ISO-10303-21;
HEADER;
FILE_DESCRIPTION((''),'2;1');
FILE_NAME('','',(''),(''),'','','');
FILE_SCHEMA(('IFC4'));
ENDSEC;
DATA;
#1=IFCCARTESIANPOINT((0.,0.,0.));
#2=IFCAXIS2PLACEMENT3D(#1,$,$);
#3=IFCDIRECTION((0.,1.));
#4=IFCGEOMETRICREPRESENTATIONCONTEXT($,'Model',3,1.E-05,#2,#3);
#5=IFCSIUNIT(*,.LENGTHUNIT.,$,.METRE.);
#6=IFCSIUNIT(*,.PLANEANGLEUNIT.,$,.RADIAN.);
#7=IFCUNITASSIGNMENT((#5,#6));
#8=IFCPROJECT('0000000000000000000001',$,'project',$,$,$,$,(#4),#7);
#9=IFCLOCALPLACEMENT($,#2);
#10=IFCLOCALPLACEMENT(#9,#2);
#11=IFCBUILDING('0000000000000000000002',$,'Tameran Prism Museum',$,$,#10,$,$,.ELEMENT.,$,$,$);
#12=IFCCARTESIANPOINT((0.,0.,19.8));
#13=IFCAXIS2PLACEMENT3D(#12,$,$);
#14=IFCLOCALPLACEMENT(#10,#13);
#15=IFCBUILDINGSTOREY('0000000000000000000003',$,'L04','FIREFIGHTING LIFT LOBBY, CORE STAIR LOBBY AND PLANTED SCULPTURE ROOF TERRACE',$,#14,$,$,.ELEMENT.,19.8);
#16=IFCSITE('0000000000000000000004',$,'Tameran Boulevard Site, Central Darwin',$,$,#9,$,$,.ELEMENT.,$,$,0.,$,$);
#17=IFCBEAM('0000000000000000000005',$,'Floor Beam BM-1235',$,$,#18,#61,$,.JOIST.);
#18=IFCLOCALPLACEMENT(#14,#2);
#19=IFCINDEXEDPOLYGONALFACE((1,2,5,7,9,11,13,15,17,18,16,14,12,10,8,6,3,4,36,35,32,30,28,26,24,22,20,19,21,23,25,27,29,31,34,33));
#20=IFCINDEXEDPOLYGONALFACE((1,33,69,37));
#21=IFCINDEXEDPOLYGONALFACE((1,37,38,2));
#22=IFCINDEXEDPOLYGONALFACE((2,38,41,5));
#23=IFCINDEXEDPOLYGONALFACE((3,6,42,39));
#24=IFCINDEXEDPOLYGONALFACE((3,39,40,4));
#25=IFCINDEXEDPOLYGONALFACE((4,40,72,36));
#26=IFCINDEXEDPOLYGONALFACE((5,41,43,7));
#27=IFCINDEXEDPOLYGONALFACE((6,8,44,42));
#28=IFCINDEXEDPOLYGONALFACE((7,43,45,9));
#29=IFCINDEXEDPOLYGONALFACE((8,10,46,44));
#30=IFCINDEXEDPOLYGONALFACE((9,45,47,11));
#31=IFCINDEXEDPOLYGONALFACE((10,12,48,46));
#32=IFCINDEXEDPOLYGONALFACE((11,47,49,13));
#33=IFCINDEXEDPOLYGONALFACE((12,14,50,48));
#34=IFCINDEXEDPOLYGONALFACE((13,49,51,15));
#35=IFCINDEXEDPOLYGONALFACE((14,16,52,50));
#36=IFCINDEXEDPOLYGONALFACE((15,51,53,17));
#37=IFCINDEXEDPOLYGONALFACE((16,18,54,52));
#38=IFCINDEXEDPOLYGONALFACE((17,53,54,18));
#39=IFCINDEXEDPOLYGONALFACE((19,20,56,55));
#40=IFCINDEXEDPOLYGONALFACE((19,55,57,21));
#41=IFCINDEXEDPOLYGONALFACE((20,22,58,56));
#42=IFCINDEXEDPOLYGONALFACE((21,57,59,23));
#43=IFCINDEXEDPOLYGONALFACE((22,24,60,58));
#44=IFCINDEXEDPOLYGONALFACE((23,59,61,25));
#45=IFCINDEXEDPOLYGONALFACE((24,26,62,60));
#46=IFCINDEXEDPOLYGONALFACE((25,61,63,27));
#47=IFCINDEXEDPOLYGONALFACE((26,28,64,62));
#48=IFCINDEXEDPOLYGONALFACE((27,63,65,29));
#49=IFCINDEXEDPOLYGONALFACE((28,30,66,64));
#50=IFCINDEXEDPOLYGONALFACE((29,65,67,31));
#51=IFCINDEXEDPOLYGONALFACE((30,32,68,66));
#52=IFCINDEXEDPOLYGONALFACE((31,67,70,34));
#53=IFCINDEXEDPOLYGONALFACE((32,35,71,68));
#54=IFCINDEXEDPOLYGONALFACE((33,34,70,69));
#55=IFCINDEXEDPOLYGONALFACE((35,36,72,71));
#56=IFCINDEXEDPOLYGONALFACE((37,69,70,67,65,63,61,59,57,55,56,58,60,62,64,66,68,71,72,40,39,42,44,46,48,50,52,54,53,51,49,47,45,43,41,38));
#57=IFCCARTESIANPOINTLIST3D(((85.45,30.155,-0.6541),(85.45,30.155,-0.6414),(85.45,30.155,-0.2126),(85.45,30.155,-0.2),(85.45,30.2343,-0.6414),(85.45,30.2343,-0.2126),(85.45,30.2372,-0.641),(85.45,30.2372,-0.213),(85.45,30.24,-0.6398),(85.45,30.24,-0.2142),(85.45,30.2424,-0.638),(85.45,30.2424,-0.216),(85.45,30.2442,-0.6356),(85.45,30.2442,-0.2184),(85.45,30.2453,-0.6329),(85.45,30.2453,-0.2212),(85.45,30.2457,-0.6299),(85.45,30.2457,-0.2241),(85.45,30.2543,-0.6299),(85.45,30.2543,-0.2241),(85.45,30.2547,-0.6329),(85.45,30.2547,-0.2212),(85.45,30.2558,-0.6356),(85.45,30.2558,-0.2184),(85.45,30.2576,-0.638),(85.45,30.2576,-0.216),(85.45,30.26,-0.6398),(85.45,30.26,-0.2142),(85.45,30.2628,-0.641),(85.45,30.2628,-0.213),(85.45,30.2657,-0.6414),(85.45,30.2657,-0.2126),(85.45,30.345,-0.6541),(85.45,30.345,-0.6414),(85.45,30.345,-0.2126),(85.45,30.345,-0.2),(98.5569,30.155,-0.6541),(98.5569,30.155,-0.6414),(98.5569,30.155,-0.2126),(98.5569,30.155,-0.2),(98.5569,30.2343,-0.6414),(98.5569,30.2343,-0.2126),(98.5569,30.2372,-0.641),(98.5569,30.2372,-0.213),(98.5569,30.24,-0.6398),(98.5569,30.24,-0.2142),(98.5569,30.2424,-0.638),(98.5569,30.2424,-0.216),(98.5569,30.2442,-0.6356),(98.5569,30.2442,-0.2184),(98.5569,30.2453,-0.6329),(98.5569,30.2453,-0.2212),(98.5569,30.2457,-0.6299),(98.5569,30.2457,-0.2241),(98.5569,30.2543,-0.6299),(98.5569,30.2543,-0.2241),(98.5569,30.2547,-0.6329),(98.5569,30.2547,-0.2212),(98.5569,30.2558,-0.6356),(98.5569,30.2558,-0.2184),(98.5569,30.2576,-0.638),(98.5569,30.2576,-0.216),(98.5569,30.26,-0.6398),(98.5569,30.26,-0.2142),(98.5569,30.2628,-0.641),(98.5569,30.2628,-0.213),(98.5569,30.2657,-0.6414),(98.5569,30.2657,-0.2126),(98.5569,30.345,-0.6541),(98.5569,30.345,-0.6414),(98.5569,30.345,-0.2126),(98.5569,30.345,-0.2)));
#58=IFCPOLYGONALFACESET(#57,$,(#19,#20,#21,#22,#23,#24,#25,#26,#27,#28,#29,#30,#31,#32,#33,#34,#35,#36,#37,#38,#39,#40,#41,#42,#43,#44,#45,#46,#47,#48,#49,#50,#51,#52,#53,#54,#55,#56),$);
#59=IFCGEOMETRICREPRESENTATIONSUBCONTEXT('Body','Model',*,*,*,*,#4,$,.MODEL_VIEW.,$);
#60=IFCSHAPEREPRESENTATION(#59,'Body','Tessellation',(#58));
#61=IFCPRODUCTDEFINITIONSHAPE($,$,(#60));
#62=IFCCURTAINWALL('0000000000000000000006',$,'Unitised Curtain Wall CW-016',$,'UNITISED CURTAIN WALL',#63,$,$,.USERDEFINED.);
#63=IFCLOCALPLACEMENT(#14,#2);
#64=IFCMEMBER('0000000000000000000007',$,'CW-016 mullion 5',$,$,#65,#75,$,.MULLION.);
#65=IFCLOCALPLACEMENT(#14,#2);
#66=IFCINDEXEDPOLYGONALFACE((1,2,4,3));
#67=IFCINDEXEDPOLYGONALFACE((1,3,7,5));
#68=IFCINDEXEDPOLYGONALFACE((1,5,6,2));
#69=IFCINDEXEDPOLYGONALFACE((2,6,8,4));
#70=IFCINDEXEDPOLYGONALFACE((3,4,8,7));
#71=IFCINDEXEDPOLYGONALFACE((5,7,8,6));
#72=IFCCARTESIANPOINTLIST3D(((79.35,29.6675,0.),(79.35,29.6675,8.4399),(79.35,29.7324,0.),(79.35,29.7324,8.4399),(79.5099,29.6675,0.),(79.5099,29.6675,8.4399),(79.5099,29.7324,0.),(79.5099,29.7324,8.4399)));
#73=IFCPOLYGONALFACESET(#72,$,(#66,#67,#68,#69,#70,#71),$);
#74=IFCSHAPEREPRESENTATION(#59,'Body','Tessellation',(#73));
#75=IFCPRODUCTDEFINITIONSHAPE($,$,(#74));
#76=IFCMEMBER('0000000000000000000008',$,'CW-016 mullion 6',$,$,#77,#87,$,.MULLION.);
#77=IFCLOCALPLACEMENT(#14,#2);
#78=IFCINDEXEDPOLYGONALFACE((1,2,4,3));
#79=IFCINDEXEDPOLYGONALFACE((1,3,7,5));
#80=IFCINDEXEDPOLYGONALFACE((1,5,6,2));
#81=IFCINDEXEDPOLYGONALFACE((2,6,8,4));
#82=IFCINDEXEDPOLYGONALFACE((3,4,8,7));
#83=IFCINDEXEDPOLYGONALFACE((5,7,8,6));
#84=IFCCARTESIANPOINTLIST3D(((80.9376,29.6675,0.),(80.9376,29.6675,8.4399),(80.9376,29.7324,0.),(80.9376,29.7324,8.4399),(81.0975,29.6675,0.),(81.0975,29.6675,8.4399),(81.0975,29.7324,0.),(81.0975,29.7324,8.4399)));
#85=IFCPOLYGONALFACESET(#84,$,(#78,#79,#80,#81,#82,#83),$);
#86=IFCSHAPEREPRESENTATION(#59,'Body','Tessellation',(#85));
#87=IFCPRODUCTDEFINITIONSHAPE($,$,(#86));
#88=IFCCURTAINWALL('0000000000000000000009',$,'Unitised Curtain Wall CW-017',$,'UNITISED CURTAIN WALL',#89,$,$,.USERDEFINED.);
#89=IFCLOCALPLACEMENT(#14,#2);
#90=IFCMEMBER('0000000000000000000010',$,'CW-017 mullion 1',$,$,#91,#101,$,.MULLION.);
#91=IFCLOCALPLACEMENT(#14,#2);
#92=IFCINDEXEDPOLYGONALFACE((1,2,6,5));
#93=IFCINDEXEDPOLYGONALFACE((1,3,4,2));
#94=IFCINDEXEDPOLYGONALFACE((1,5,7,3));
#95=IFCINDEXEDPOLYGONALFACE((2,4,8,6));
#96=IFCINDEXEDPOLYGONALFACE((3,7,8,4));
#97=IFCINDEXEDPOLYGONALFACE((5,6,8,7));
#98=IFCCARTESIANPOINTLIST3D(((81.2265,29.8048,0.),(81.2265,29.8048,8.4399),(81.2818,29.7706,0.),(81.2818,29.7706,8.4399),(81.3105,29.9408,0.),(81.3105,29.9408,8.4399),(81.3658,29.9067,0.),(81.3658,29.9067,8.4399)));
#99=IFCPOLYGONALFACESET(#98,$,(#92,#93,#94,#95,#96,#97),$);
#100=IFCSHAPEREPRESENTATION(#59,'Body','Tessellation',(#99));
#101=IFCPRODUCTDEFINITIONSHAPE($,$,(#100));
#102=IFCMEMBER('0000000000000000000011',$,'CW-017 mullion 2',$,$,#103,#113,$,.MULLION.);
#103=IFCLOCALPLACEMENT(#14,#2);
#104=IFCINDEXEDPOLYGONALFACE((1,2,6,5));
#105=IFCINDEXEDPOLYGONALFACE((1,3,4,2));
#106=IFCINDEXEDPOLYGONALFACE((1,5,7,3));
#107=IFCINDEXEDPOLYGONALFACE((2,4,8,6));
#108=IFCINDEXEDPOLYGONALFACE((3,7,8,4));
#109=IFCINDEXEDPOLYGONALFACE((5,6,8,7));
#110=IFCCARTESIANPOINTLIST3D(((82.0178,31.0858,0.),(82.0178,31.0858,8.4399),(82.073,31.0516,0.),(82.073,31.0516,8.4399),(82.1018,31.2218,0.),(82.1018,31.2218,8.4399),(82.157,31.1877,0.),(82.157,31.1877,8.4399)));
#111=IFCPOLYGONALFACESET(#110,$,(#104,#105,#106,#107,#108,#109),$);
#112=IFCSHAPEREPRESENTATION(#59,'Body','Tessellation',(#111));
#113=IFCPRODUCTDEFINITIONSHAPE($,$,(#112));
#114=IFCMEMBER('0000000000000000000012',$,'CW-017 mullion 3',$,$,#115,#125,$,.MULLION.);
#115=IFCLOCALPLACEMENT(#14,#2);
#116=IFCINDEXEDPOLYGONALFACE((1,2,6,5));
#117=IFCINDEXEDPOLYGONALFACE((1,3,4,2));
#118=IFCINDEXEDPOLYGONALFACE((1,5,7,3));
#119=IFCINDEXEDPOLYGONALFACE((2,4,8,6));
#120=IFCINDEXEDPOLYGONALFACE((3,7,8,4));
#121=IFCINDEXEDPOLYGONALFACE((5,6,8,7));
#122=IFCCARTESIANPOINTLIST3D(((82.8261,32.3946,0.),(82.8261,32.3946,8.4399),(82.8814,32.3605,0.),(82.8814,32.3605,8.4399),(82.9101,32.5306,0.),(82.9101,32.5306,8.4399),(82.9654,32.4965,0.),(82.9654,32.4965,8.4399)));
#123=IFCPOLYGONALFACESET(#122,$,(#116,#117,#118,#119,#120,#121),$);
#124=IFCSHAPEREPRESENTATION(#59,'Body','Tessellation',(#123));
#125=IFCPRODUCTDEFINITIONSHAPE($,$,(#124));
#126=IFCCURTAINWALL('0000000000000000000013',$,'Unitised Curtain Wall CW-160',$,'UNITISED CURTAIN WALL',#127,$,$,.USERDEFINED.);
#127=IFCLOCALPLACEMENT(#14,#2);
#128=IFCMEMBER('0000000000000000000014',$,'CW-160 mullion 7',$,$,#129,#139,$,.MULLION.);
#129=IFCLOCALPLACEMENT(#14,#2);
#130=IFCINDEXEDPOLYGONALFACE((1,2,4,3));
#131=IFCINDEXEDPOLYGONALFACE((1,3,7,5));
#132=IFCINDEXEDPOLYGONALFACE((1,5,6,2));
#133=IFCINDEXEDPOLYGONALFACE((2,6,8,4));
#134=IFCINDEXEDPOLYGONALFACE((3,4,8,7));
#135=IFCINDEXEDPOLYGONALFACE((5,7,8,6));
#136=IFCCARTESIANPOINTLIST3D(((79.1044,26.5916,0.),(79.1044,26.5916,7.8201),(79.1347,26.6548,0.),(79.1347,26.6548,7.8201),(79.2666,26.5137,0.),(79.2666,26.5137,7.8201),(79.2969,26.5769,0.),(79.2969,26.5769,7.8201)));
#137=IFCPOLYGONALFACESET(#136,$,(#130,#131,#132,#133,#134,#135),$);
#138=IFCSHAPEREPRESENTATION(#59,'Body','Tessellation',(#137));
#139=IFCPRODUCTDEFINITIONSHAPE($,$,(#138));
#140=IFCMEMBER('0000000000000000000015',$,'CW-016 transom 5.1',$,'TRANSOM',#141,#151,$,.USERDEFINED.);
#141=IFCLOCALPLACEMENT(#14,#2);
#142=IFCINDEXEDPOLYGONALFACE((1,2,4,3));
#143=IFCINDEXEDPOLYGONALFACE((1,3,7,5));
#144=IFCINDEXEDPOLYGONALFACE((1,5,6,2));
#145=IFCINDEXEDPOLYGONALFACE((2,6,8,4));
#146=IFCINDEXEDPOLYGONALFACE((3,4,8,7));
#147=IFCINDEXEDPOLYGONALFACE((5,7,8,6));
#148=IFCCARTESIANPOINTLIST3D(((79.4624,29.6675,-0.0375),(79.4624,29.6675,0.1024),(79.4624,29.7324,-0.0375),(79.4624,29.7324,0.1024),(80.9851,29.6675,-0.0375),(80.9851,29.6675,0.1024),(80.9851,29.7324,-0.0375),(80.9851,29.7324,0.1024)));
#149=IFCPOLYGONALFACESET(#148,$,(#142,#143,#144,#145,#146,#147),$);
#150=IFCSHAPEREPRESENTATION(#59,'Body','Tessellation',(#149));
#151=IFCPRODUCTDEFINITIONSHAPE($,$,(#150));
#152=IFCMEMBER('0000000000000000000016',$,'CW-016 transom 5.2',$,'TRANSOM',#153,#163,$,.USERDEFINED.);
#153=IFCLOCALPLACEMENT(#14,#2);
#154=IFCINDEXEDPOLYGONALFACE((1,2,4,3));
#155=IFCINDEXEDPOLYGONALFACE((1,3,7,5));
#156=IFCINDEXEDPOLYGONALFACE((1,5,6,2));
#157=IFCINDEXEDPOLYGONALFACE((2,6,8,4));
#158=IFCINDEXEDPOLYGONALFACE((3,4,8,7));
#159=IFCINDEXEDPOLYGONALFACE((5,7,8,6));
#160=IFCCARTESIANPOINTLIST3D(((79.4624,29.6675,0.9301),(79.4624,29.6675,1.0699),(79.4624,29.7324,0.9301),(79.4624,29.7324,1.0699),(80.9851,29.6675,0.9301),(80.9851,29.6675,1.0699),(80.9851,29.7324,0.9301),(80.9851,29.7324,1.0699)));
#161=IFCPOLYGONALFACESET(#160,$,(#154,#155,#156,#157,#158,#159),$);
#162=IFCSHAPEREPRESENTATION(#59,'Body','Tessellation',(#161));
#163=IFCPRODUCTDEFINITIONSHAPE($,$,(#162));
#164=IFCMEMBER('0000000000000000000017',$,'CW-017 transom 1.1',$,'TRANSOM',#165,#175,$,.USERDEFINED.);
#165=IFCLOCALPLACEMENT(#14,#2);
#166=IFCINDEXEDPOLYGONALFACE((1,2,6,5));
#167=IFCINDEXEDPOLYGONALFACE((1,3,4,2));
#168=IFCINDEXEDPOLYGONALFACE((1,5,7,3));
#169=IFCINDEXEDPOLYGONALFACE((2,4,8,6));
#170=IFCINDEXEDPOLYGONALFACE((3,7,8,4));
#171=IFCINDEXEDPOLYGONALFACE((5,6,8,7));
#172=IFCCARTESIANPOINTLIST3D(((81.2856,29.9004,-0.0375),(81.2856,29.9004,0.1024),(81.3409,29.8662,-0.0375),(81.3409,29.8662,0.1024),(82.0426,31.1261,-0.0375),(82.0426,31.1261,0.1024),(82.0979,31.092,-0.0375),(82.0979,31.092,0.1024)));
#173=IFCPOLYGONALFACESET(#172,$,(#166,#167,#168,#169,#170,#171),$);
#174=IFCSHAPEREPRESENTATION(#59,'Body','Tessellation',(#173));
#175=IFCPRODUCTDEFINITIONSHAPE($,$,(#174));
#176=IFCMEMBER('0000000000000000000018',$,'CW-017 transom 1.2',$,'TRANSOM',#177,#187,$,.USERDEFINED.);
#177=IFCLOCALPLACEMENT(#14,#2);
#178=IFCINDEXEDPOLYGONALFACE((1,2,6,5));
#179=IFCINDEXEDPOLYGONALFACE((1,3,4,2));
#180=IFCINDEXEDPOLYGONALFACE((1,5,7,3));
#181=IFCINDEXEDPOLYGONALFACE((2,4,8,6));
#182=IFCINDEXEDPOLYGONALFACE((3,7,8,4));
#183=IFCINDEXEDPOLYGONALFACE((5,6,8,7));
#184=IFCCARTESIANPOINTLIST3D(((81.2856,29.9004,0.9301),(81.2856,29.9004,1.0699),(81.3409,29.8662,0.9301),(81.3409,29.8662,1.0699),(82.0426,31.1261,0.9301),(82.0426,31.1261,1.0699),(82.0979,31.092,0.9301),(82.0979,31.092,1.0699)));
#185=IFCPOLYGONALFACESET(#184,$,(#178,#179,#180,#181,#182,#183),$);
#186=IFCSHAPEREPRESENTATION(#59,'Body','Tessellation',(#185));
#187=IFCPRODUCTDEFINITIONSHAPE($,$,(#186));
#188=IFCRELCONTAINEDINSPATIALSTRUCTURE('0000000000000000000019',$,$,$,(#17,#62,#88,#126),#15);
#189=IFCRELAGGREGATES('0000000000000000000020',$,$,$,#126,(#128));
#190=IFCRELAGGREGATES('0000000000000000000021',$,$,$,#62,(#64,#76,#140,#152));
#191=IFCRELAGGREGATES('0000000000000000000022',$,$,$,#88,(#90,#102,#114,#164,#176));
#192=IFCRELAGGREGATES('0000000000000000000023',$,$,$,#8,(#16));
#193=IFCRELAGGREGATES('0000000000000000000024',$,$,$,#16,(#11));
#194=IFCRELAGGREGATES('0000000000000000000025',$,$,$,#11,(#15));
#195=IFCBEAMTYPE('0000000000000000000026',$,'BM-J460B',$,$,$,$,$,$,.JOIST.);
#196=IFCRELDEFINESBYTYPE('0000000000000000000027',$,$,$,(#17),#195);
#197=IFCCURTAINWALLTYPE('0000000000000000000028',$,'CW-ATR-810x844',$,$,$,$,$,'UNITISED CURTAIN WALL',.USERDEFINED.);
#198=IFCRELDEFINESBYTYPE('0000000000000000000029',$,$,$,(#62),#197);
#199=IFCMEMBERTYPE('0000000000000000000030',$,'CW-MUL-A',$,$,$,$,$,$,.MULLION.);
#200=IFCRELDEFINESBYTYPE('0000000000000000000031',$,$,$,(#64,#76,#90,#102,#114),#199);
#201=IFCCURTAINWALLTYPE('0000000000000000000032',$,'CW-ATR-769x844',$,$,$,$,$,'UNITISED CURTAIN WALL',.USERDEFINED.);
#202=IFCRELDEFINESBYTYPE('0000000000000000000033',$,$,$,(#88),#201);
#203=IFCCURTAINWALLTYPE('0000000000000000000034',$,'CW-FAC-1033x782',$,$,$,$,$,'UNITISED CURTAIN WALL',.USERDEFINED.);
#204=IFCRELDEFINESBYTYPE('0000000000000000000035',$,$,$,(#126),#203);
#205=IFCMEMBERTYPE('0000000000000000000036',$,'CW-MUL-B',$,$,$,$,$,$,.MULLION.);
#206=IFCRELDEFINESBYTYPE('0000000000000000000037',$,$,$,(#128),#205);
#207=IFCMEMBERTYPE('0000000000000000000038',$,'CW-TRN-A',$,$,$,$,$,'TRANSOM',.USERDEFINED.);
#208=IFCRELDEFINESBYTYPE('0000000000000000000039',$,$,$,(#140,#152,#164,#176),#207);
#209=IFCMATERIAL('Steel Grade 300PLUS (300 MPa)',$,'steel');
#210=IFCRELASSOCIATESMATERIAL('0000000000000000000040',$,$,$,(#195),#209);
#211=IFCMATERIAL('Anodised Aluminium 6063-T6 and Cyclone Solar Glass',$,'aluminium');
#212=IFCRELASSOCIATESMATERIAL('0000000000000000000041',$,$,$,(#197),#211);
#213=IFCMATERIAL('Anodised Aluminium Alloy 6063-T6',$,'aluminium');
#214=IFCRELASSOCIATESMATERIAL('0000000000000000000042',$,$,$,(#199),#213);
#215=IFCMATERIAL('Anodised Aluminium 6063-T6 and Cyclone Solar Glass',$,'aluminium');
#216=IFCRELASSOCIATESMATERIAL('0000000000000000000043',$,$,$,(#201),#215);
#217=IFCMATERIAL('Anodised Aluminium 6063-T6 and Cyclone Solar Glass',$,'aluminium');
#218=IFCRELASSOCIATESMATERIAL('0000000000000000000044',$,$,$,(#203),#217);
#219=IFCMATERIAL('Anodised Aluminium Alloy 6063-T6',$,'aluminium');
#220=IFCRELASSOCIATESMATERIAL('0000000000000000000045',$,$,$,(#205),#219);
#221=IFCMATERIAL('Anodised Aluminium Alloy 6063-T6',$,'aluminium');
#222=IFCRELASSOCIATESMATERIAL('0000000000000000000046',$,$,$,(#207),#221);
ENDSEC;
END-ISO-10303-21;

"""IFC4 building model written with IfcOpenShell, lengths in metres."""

from ifc_helpers import new_model, si_unit, direction, frame, origin, origin_2d, place, context, subcontext, project, spatial, rectangle, i_section, extrude, material, material_profile, profile_set, type_object, element, aggregate, save


model = new_model("IFC4")

# Units and contexts
model_context = context("Model", 3, precision=1e-05, world=origin(), true_north=direction((0.0, 1.0)))
body_context = subcontext(model_context, "Body", "Model", "MODEL_VIEW")
ifc_project = project(units=[si_unit("LENGTHUNIT", "METRE"), si_unit("PLANEANGLEUNIT", "RADIAN")], contexts=[model_context])

# Site, building, storey
site_placement = place(None, origin())
site = spatial("IfcSite", under=ifc_project, at=site_placement, Name="Tameran Boulevard Site, Central Darwin", CompositionType="ELEMENT", RefElevation=0.0)
building_placement = place(site_placement, origin())
building = spatial("IfcBuilding", under=site, at=building_placement, Name="Tameran Prism Museum", CompositionType="ELEMENT")
storey_placement = place(building_placement, frame((0.0, 0.0, 19.8)))
storey = spatial("IfcBuildingStorey", under=building, at=storey_placement, Name="L04", Description="FIREFIGHTING LIFT LOBBY, CORE STAIR LOBBY AND PLANTED SCULPTURE ROOF TERRACE", CompositionType="ELEMENT", Elevation=19.8)

# Beam
ifc_material_1 = material(Name="Steel Grade 300PLUS (300 MPa)", Category="steel")
ifc_material_profile_1 = material_profile(ifc_material_1, i_section(OverallWidth=0.1899, OverallDepth=0.4541, WebThickness=0.0085, FlangeThickness=0.0127, FilletRadius=0.0115, at=origin_2d()))
ifc_profile_set_1 = profile_set([ifc_material_profile_1])
beam_type = type_object("IfcBeamType", Name="BM-J460B", PredefinedType="JOIST", material=ifc_profile_set_1)
beam_placement = place(storey_placement, frame((85.45, 30.25, -0.427), z_axis=(1.0, 0.0, 0.0), x_axis=(0.0, 1.0, 0.0)))
element("IfcBeam", 1, at=beam_placement, inside=storey, type_object=beam_type, Name="Floor Beam BM-1235", PredefinedType="JOIST", context=body_context, shape_type="SweptSolid", body=[
    extrude(i_section(OverallWidth=0.1899, OverallDepth=0.4541, WebThickness=0.0085, FlangeThickness=0.0127, FilletRadius=0.0115, at=origin_2d()), origin(), (0.0, 0.0, 1.0), 13.1069),
])

# Curtain walls, members
ifc_material_2 = material(Name="Anodised Aluminium 6063-T6 and Cyclone Solar Glass", Category="aluminium")
curtain_wall_type_1 = type_object("IfcCurtainWallType", Name="CW-ATR-810x844", ElementType="UNITISED CURTAIN WALL", PredefinedType="USERDEFINED", material=ifc_material_2)
curtain_wall_1_placement = place(storey_placement, origin())
curtain_wall_1 = element("IfcCurtainWall", 2, at=curtain_wall_1_placement, inside=storey, type_object=curtain_wall_type_1, Name="Unitised Curtain Wall CW-016", ObjectType="UNITISED CURTAIN WALL", PredefinedType="USERDEFINED")
ifc_material_3 = material(Name="Anodised Aluminium Alloy 6063-T6", Category="aluminium")
ifc_material_profile_2 = material_profile(ifc_material_3, rectangle(XDim=0.0649, YDim=0.1599, at=origin_2d()))
ifc_profile_set_2 = profile_set([ifc_material_profile_2])
member_type_1 = type_object("IfcMemberType", Name="CW-MUL-A", PredefinedType="MULLION", material=ifc_profile_set_2)
member_1_placement = place(storey_placement, frame((79.4299, 29.7, 0.0), z_axis=(0.0, 0.0, 1.0), x_axis=(0.0, 1.0, 0.0)))
member_1 = element("IfcMember", 3, at=member_1_placement, type_object=member_type_1, Name="CW-016 mullion 5", PredefinedType="MULLION", context=body_context, shape_type="SweptSolid", body=[
    extrude(rectangle(XDim=0.0649, YDim=0.1599, at=origin_2d()), origin(), (0.0, 0.0, 1.0), 8.4399),
])
member_2_placement = place(storey_placement, frame((81.0176, 29.7, 0.0), z_axis=(0.0, 0.0, 1.0), x_axis=(0.0, 1.0, 0.0)))
member_2 = element("IfcMember", 4, at=member_2_placement, type_object=member_type_1, Name="CW-016 mullion 6", PredefinedType="MULLION", context=body_context, shape_type="SweptSolid", body=[
    extrude(rectangle(XDim=0.0649, YDim=0.1599, at=origin_2d()), origin(), (0.0, 0.0, 1.0), 8.4399),
])
ifc_material_4 = material(Name="Anodised Aluminium 6063-T6 and Cyclone Solar Glass", Category="aluminium")
curtain_wall_type_2 = type_object("IfcCurtainWallType", Name="CW-ATR-769x844", ElementType="UNITISED CURTAIN WALL", PredefinedType="USERDEFINED", material=ifc_material_4)
curtain_wall_2_placement = place(storey_placement, origin())
curtain_wall_2 = element("IfcCurtainWall", 5, at=curtain_wall_2_placement, inside=storey, type_object=curtain_wall_type_2, Name="Unitised Curtain Wall CW-017", ObjectType="UNITISED CURTAIN WALL", PredefinedType="USERDEFINED")
member_3_placement = place(storey_placement, frame((81.2961, 29.8557, 0.0), z_axis=(0.0, 0.0, 1.0), x_axis=(-0.850791, 0.525504, 0.0)))
member_3 = element("IfcMember", 6, at=member_3_placement, type_object=member_type_1, Name="CW-017 mullion 1", PredefinedType="MULLION", context=body_context, shape_type="SweptSolid", body=[
    extrude(rectangle(XDim=0.0649, YDim=0.1599, at=origin_2d()), origin(), (0.0, 0.0, 1.0), 8.4399),
])
member_4_placement = place(storey_placement, frame((82.0874, 31.1367, 0.0), z_axis=(0.0, 0.0, 1.0), x_axis=(-0.850791, 0.525504, 0.0)))
member_4 = element("IfcMember", 7, at=member_4_placement, type_object=member_type_1, Name="CW-017 mullion 2", PredefinedType="MULLION", context=body_context, shape_type="SweptSolid", body=[
    extrude(rectangle(XDim=0.0649, YDim=0.1599, at=origin_2d()), origin(), (0.0, 0.0, 1.0), 8.4399),
])
member_5_placement = place(storey_placement, frame((82.8958, 32.4456, 0.0), z_axis=(0.0, 0.0, 1.0), x_axis=(-0.850791, 0.525504, 0.0)))
member_5 = element("IfcMember", 8, at=member_5_placement, type_object=member_type_1, Name="CW-017 mullion 3", PredefinedType="MULLION", context=body_context, shape_type="SweptSolid", body=[
    extrude(rectangle(XDim=0.0649, YDim=0.1599, at=origin_2d()), origin(), (0.0, 0.0, 1.0), 8.4399),
])

# Curtain wall, member
ifc_material_5 = material(Name="Anodised Aluminium 6063-T6 and Cyclone Solar Glass", Category="aluminium")
curtain_wall_type_3 = type_object("IfcCurtainWallType", Name="CW-FAC-1033x782", ElementType="UNITISED CURTAIN WALL", PredefinedType="USERDEFINED", material=ifc_material_5)
curtain_wall_3_placement = place(storey_placement, origin())
curtain_wall_3 = element("IfcCurtainWall", 9, at=curtain_wall_3_placement, inside=storey, type_object=curtain_wall_type_3, Name="Unitised Curtain Wall CW-160", ObjectType="UNITISED CURTAIN WALL", PredefinedType="USERDEFINED")
ifc_material_6 = material(Name="Anodised Aluminium Alloy 6063-T6", Category="aluminium")
ifc_material_profile_3 = material_profile(ifc_material_6, rectangle(XDim=0.0701, YDim=0.1799, at=origin_2d()))
ifc_profile_set_3 = profile_set([ifc_material_profile_3])
member_type_2 = type_object("IfcMemberType", Name="CW-MUL-B", PredefinedType="MULLION", material=ifc_profile_set_3)
member_6_placement = place(storey_placement, frame((79.2007, 26.5842, 0.0), z_axis=(0.0, 0.0, 1.0), x_axis=(-0.432832, -0.901475, 0.0)))
member_6 = element("IfcMember", 10, at=member_6_placement, type_object=member_type_2, Name="CW-160 mullion 7", PredefinedType="MULLION", context=body_context, shape_type="SweptSolid", body=[
    extrude(rectangle(XDim=0.0701, YDim=0.1799, at=origin_2d()), origin(), (0.0, 0.0, 1.0), 7.8201),
])

# Members
ifc_material_7 = material(Name="Anodised Aluminium Alloy 6063-T6", Category="aluminium")
ifc_material_profile_4 = material_profile(ifc_material_7, rectangle(XDim=0.0649, YDim=0.1399, at=origin_2d()))
ifc_profile_set_4 = profile_set([ifc_material_profile_4])
member_type_3 = type_object("IfcMemberType", Name="CW-TRN-A", ElementType="TRANSOM", PredefinedType="USERDEFINED", material=ifc_profile_set_4)
member_7_placement = place(storey_placement, frame((79.4624, 29.7, 0.0325), z_axis=(1.0, 0.0, 0.0), x_axis=(0.0, 1.0, 0.0)))
member_7 = element("IfcMember", 11, at=member_7_placement, type_object=member_type_3, Name="CW-016 transom 5.1", ObjectType="TRANSOM", PredefinedType="USERDEFINED", context=body_context, shape_type="SweptSolid", body=[
    extrude(rectangle(XDim=0.0649, YDim=0.1399, at=origin_2d()), origin(), (0.0, 0.0, 1.0), 1.5227),
])
member_8_placement = place(storey_placement, frame((79.4624, 29.7, 1.0), z_axis=(1.0, 0.0, 0.0), x_axis=(0.0, 1.0, 0.0)))
member_8 = element("IfcMember", 12, at=member_8_placement, type_object=member_type_3, Name="CW-016 transom 5.2", ObjectType="TRANSOM", PredefinedType="USERDEFINED", context=body_context, shape_type="SweptSolid", body=[
    extrude(rectangle(XDim=0.0649, YDim=0.1399, at=origin_2d()), origin(), (0.0, 0.0, 1.0), 1.5227),
])
member_9_placement = place(storey_placement, frame((81.3132, 29.8833, 0.0325), z_axis=(0.525468, 0.850814, 0.0), x_axis=(-0.850814, 0.525468, 0.0)))
member_9 = element("IfcMember", 13, at=member_9_placement, type_object=member_type_3, Name="CW-017 transom 1.1", ObjectType="TRANSOM", PredefinedType="USERDEFINED", context=body_context, shape_type="SweptSolid", body=[
    extrude(rectangle(XDim=0.0649, YDim=0.1399, at=origin_2d()), origin(), (0.0, 0.0, 1.0), 1.4407),
])
member_10_placement = place(storey_placement, frame((81.3132, 29.8833, 1.0), z_axis=(0.525468, 0.850814, 0.0), x_axis=(-0.850814, 0.525468, 0.0)))
member_10 = element("IfcMember", 14, at=member_10_placement, type_object=member_type_3, Name="CW-017 transom 1.2", ObjectType="TRANSOM", PredefinedType="USERDEFINED", context=body_context, shape_type="SweptSolid", body=[
    extrude(rectangle(XDim=0.0649, YDim=0.1399, at=origin_2d()), origin(), (0.0, 0.0, 1.0), 1.4407),
])
aggregate(curtain_wall_3, [member_6])

aggregate(curtain_wall_1, [member_1, member_2, member_7, member_8])
aggregate(curtain_wall_2, [member_3, member_4, member_5, member_9, member_10])

save(model, "model.ifc")
